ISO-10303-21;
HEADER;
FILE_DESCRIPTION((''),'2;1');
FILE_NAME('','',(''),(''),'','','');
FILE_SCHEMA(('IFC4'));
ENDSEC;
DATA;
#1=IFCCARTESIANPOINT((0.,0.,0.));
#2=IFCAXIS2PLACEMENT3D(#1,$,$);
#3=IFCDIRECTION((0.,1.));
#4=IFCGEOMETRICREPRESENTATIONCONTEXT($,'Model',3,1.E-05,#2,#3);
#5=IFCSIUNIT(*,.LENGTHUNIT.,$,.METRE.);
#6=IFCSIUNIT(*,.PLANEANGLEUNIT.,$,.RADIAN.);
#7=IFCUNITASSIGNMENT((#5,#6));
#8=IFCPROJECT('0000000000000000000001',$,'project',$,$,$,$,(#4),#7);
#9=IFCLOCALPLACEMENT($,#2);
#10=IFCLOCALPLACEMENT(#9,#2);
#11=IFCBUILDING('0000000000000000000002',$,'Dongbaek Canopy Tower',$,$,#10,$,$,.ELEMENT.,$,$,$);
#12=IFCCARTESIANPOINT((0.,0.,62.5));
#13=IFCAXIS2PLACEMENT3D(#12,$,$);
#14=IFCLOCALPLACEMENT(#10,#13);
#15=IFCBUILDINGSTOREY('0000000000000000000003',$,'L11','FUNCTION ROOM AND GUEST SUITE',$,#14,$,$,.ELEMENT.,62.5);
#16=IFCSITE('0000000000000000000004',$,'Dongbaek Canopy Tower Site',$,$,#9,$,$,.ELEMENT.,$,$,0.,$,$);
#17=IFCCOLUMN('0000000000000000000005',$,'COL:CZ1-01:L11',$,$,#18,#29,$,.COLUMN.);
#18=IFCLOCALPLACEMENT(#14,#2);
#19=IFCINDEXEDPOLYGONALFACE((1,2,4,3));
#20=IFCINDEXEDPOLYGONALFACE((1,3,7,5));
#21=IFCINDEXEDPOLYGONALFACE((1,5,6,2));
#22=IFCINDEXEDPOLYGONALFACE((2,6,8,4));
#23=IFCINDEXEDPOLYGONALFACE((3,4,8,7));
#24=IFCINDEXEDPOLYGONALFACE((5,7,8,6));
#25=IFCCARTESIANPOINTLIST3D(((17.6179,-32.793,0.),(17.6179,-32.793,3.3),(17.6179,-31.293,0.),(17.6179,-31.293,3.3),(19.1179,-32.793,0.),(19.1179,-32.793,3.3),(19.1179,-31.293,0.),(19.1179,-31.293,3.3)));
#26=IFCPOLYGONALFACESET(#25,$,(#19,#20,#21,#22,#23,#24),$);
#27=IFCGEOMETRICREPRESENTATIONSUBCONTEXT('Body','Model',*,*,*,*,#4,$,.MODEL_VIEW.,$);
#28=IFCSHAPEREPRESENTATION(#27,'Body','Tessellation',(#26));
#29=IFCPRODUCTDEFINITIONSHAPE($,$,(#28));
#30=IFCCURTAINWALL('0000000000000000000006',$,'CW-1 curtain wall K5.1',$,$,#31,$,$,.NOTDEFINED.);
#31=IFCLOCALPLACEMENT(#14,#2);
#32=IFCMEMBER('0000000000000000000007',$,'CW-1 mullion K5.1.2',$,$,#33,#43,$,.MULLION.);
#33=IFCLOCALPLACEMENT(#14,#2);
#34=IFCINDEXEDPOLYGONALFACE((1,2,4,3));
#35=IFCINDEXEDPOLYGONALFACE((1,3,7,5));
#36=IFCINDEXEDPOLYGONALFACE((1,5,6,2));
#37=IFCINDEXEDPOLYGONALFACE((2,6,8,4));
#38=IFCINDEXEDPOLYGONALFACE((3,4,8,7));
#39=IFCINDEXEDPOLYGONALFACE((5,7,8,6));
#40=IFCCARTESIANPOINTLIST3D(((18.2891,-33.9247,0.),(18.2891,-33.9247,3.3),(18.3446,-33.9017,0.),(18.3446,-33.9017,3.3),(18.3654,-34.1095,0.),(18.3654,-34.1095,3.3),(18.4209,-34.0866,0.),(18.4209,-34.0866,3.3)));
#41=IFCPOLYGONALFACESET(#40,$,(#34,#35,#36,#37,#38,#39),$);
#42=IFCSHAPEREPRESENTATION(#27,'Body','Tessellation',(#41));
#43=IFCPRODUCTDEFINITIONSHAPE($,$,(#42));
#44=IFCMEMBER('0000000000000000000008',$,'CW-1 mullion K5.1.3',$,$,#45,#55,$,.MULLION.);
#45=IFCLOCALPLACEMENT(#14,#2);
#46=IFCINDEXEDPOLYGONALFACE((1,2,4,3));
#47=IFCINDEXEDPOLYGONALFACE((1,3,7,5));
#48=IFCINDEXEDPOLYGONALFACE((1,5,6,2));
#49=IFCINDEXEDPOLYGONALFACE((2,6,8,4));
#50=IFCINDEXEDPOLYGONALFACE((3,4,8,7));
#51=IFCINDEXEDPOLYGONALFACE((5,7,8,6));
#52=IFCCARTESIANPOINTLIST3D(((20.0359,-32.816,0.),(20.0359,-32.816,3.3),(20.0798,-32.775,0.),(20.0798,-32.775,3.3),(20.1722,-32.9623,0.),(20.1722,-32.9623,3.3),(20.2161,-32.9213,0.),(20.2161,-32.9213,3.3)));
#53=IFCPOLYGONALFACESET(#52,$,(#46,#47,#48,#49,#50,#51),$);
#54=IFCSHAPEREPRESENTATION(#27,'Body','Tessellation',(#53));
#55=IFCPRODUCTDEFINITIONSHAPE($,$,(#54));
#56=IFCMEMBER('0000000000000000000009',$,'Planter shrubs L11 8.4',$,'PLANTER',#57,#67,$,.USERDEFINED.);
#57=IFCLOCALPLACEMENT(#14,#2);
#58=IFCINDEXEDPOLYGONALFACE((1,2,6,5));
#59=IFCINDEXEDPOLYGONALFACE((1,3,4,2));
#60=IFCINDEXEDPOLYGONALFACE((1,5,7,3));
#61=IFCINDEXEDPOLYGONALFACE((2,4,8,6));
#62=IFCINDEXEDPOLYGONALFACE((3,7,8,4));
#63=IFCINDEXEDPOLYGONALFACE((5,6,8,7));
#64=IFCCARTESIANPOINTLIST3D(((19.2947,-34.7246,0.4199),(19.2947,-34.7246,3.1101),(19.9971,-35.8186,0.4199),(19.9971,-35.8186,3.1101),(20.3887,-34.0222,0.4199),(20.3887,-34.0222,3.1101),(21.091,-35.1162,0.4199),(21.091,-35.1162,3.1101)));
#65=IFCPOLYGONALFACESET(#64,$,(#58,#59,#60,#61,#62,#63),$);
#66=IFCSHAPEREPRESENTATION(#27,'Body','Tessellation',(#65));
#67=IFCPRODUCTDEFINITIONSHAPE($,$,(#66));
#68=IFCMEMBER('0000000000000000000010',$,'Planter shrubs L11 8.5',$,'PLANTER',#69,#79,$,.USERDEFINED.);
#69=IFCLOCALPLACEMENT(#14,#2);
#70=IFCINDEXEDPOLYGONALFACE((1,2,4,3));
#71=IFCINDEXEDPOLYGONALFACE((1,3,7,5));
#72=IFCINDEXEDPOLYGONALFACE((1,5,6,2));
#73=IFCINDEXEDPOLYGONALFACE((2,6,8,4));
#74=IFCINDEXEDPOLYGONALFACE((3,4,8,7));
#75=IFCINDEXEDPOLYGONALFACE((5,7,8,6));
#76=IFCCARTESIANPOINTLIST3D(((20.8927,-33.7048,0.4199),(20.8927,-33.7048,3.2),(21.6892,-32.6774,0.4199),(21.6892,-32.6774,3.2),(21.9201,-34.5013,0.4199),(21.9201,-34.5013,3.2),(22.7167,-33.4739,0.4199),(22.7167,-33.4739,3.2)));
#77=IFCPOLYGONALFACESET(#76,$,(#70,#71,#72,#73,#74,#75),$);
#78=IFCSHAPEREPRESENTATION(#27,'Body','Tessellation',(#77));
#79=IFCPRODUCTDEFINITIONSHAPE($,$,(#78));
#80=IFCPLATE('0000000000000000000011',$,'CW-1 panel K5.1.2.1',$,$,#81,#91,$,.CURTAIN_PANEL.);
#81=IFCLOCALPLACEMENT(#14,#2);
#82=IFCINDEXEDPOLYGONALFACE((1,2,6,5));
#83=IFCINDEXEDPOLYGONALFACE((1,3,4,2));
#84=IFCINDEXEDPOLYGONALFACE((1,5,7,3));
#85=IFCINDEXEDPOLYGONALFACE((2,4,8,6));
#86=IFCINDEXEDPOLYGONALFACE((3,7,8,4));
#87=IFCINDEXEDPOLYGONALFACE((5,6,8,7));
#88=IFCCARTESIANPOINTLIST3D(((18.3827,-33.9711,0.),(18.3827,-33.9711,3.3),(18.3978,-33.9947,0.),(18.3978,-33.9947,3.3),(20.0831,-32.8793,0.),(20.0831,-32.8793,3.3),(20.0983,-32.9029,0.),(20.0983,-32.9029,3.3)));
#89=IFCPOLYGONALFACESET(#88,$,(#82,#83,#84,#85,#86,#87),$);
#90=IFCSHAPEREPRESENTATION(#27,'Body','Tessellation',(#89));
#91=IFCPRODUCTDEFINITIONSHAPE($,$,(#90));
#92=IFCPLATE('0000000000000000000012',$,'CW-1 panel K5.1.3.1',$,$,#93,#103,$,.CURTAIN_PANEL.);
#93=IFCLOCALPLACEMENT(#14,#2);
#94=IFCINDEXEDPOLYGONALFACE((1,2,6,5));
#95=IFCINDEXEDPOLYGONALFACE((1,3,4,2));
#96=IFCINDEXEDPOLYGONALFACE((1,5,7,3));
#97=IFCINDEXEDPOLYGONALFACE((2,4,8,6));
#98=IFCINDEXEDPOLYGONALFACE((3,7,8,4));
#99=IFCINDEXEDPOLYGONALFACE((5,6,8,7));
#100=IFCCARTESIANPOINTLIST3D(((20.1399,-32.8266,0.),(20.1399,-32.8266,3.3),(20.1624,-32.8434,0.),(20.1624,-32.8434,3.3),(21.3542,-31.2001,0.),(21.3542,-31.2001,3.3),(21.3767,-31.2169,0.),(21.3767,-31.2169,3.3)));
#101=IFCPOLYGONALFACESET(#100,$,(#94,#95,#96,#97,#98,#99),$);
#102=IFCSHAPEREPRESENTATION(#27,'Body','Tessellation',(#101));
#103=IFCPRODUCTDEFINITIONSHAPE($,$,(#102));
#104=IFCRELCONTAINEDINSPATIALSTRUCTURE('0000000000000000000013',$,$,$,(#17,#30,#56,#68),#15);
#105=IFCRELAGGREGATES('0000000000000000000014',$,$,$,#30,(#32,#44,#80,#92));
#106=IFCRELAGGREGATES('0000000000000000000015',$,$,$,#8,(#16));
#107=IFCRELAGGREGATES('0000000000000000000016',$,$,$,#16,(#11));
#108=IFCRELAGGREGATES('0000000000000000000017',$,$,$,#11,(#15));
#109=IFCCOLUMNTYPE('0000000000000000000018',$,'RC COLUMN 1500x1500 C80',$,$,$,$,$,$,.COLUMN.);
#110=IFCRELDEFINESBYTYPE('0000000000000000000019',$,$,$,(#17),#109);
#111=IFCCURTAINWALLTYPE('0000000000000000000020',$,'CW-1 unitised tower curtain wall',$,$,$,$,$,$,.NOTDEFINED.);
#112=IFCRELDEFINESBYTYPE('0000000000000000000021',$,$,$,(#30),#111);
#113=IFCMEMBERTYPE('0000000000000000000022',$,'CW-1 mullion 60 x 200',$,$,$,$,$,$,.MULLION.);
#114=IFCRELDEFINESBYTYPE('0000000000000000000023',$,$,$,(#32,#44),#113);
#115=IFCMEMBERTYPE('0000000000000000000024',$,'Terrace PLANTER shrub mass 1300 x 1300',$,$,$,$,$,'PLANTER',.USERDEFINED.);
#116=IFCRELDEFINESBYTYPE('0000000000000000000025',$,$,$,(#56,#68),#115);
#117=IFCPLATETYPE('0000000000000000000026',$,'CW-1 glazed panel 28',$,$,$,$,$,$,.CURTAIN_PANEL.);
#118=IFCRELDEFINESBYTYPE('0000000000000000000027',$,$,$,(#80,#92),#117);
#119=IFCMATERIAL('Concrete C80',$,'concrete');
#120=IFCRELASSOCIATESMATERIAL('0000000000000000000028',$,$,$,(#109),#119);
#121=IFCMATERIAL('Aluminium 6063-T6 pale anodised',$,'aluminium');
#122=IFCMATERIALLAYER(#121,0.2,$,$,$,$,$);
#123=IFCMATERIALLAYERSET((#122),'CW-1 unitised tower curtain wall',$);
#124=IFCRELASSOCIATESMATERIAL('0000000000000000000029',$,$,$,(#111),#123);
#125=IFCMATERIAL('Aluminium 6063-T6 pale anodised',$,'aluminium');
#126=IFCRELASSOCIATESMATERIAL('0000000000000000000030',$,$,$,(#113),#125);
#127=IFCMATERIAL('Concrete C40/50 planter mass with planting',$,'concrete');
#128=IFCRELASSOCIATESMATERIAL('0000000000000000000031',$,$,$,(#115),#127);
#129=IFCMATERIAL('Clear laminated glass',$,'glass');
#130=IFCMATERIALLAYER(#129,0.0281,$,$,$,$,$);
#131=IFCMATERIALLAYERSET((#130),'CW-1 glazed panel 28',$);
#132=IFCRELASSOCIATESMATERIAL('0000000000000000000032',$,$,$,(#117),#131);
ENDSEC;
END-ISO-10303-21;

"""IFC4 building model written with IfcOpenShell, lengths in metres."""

from ifc_helpers import new_model, si_unit, direction, frame, origin, origin_2d, place, context, subcontext, project, spatial, rectangle, extrude, material, layer, layer_set, material_profile, profile_set, type_object, element, aggregate, save


model = new_model("IFC4")

# Units and contexts
model_context = context("Model", 3, precision=1e-05, world=origin(), true_north=direction((0.0, 1.0)))
body_context = subcontext(model_context, "Body", "Model", "MODEL_VIEW")
ifc_project = project(units=[si_unit("LENGTHUNIT", "METRE"), si_unit("PLANEANGLEUNIT", "RADIAN")], contexts=[model_context])

# Site, building, storey
site_placement = place(None, origin())
site = spatial("IfcSite", under=ifc_project, at=site_placement, Name="Dongbaek Canopy Tower Site", CompositionType="ELEMENT", RefElevation=0.0)
building_placement = place(site_placement, origin())
building = spatial("IfcBuilding", under=site, at=building_placement, Name="Dongbaek Canopy Tower", CompositionType="ELEMENT")
storey_placement = place(building_placement, frame((0.0, 0.0, 62.5)))
storey = spatial("IfcBuildingStorey", under=building, at=storey_placement, Name="L11", Description="FUNCTION ROOM AND GUEST SUITE", CompositionType="ELEMENT", Elevation=62.5)

# Column
ifc_material_1 = material(Name="Concrete C80", Category="concrete")
ifc_material_profile_1 = material_profile(ifc_material_1, rectangle(XDim=1.5, YDim=1.5, at=origin_2d()), Name="RC COLUMN 1500x1500 C80")
ifc_profile_set_1 = profile_set([ifc_material_profile_1], Name="Concrete C80")
column_type = type_object("IfcColumnType", Name="RC COLUMN 1500x1500 C80", PredefinedType="COLUMN", material=ifc_profile_set_1)
column_placement = place(storey_placement, frame((18.3679, -32.043, 0.0), z_axis=(0.0, 0.0, 1.0), x_axis=(1.0, 0.0, 0.0)))
element("IfcColumn", 1, at=column_placement, inside=storey, type_object=column_type, Name="COL:CZ1-01:L11", PredefinedType="COLUMN", context=body_context, shape_type="SweptSolid", body=[
    extrude(rectangle(XDim=1.5, YDim=1.5, at=origin_2d()), origin(), (0.0, 0.0, 1.0), 3.3),
])

# Curtain wall, members
ifc_material_2 = material(Name="Aluminium 6063-T6 pale anodised", Category="aluminium")
ifc_layer_1 = layer(ifc_material_2, 0.2)
ifc_layer_set_1 = layer_set([ifc_layer_1], Name="CW-1 unitised tower curtain wall")
curtain_wall_type = type_object("IfcCurtainWallType", Name="CW-1 unitised tower curtain wall", PredefinedType="NOTDEFINED", material=ifc_layer_set_1)
curtain_wall_placement = place(storey_placement, origin())
curtain_wall = element("IfcCurtainWall", 2, at=curtain_wall_placement, inside=storey, type_object=curtain_wall_type, Name="CW-1 curtain wall K5.1", PredefinedType="NOTDEFINED")
ifc_material_3 = material(Name="Aluminium 6063-T6 pale anodised", Category="aluminium")
ifc_material_profile_2 = material_profile(ifc_material_3, rectangle(XDim=0.2, YDim=0.0601, at=origin_2d()), Name="CW-1 mullion 60 x 200")
ifc_profile_set_2 = profile_set([ifc_material_profile_2], Name="Aluminium 6063-T6 pale anodised")
member_type_1 = type_object("IfcMemberType", Name="CW-1 mullion 60 x 200", PredefinedType="MULLION", material=ifc_profile_set_2)
member_1_placement = place(storey_placement, frame((18.355, -34.0056, 0.0), z_axis=(0.0, 0.0, 1.0), x_axis=(0.381473, -0.92438, 0.0)))
member_1 = element("IfcMember", 3, at=member_1_placement, type_object=member_type_1, Name="CW-1 mullion K5.1.2", PredefinedType="MULLION", context=body_context, shape_type="SweptSolid", body=[
    extrude(rectangle(XDim=0.2, YDim=0.0601, at=origin_2d()), origin(), (0.0, 0.0, 1.0), 3.3),
])
member_2_placement = place(storey_placement, frame((20.126, -32.8687, 0.0), z_axis=(0.0, 0.0, 1.0), x_axis=(0.681732, -0.731602, 0.0)))
member_2 = element("IfcMember", 4, at=member_2_placement, type_object=member_type_1, Name="CW-1 mullion K5.1.3", PredefinedType="MULLION", context=body_context, shape_type="SweptSolid", body=[
    extrude(rectangle(XDim=0.2, YDim=0.0601, at=origin_2d()), origin(), (0.0, 0.0, 1.0), 3.3),
])

# Members
ifc_material_4 = material(Name="Concrete C40/50 planter mass with planting", Category="concrete")
ifc_material_profile_3 = material_profile(ifc_material_4, rectangle(XDim=1.3, YDim=1.3, at=origin_2d()), Name="Terrace PLANTER shrub mass 1300 x 1300")
ifc_profile_set_3 = profile_set([ifc_material_profile_3], Name="Concrete C40/50 planter mass with planting")
member_type_2 = type_object("IfcMemberType", Name="Terrace PLANTER shrub mass 1300 x 1300", ElementType="PLANTER", PredefinedType="USERDEFINED", material=ifc_profile_set_3)
member_3_placement = place(storey_placement, frame((20.1929, -34.9204, 0.4199), z_axis=(0.0, 0.0, 1.0), x_axis=(0.54027, -0.841492, 0.0)))
element("IfcMember", 5, at=member_3_placement, inside=storey, type_object=member_type_2, Name="Planter shrubs L11 8.4", ObjectType="PLANTER", PredefinedType="USERDEFINED", context=body_context, shape_type="SweptSolid", body=[
    extrude(rectangle(XDim=1.3, YDim=1.3, at=origin_2d()), origin(), (0.0, 0.0, 1.0), 2.6902),
])
member_4_placement = place(storey_placement, frame((21.8047, -33.5894, 0.4199), z_axis=(0.0, 0.0, 1.0), x_axis=(0.79032, -0.612695, 0.0)))
element("IfcMember", 6, at=member_4_placement, inside=storey, type_object=member_type_2, Name="Planter shrubs L11 8.5", ObjectType="PLANTER", PredefinedType="USERDEFINED", context=body_context, shape_type="SweptSolid", body=[
    extrude(rectangle(XDim=1.3, YDim=1.3, at=origin_2d()), origin(), (0.0, 0.0, 1.0), 2.78),
])

# Plates
ifc_material_5 = material(Name="Clear laminated glass", Category="glass")
ifc_layer_2 = layer(ifc_material_5, 0.0281)
ifc_layer_set_2 = layer_set([ifc_layer_2], Name="CW-1 glazed panel 28")
plate_type = type_object("IfcPlateType", Name="CW-1 glazed panel 28", PredefinedType="CURTAIN_PANEL", material=ifc_layer_set_2)
plate_1_placement = place(storey_placement, frame((19.2405, -33.437, 0.0), z_axis=(0.0, 0.0, 1.0), x_axis=(0.841492, 0.54027, 0.0)))
plate_1 = element("IfcPlate", 7, at=plate_1_placement, type_object=plate_type, Name="CW-1 panel K5.1.2.1", PredefinedType="CURTAIN_PANEL", context=body_context, shape_type="SweptSolid", body=[
    extrude(rectangle(XDim=2.0208, YDim=0.0281, at=origin_2d()), origin(), (0.0, 0.0, 1.0), 3.3),
])
plate_2_placement = place(storey_placement, frame((20.7583, -32.0217, 0.0), z_axis=(0.0, 0.0, 1.0), x_axis=(0.598238, 0.801318, 0.0)))
plate_2 = element("IfcPlate", 8, at=plate_2_placement, type_object=plate_type, Name="CW-1 panel K5.1.3.1", PredefinedType="CURTAIN_PANEL", context=body_context, shape_type="SweptSolid", body=[
    extrude(rectangle(XDim=2.0298, YDim=0.0281, at=origin_2d()), origin(), (0.0, 0.0, 1.0), 3.3),
])
aggregate(curtain_wall, [member_1, member_2, plate_1, plate_2])

save(model, "model.ifc")
